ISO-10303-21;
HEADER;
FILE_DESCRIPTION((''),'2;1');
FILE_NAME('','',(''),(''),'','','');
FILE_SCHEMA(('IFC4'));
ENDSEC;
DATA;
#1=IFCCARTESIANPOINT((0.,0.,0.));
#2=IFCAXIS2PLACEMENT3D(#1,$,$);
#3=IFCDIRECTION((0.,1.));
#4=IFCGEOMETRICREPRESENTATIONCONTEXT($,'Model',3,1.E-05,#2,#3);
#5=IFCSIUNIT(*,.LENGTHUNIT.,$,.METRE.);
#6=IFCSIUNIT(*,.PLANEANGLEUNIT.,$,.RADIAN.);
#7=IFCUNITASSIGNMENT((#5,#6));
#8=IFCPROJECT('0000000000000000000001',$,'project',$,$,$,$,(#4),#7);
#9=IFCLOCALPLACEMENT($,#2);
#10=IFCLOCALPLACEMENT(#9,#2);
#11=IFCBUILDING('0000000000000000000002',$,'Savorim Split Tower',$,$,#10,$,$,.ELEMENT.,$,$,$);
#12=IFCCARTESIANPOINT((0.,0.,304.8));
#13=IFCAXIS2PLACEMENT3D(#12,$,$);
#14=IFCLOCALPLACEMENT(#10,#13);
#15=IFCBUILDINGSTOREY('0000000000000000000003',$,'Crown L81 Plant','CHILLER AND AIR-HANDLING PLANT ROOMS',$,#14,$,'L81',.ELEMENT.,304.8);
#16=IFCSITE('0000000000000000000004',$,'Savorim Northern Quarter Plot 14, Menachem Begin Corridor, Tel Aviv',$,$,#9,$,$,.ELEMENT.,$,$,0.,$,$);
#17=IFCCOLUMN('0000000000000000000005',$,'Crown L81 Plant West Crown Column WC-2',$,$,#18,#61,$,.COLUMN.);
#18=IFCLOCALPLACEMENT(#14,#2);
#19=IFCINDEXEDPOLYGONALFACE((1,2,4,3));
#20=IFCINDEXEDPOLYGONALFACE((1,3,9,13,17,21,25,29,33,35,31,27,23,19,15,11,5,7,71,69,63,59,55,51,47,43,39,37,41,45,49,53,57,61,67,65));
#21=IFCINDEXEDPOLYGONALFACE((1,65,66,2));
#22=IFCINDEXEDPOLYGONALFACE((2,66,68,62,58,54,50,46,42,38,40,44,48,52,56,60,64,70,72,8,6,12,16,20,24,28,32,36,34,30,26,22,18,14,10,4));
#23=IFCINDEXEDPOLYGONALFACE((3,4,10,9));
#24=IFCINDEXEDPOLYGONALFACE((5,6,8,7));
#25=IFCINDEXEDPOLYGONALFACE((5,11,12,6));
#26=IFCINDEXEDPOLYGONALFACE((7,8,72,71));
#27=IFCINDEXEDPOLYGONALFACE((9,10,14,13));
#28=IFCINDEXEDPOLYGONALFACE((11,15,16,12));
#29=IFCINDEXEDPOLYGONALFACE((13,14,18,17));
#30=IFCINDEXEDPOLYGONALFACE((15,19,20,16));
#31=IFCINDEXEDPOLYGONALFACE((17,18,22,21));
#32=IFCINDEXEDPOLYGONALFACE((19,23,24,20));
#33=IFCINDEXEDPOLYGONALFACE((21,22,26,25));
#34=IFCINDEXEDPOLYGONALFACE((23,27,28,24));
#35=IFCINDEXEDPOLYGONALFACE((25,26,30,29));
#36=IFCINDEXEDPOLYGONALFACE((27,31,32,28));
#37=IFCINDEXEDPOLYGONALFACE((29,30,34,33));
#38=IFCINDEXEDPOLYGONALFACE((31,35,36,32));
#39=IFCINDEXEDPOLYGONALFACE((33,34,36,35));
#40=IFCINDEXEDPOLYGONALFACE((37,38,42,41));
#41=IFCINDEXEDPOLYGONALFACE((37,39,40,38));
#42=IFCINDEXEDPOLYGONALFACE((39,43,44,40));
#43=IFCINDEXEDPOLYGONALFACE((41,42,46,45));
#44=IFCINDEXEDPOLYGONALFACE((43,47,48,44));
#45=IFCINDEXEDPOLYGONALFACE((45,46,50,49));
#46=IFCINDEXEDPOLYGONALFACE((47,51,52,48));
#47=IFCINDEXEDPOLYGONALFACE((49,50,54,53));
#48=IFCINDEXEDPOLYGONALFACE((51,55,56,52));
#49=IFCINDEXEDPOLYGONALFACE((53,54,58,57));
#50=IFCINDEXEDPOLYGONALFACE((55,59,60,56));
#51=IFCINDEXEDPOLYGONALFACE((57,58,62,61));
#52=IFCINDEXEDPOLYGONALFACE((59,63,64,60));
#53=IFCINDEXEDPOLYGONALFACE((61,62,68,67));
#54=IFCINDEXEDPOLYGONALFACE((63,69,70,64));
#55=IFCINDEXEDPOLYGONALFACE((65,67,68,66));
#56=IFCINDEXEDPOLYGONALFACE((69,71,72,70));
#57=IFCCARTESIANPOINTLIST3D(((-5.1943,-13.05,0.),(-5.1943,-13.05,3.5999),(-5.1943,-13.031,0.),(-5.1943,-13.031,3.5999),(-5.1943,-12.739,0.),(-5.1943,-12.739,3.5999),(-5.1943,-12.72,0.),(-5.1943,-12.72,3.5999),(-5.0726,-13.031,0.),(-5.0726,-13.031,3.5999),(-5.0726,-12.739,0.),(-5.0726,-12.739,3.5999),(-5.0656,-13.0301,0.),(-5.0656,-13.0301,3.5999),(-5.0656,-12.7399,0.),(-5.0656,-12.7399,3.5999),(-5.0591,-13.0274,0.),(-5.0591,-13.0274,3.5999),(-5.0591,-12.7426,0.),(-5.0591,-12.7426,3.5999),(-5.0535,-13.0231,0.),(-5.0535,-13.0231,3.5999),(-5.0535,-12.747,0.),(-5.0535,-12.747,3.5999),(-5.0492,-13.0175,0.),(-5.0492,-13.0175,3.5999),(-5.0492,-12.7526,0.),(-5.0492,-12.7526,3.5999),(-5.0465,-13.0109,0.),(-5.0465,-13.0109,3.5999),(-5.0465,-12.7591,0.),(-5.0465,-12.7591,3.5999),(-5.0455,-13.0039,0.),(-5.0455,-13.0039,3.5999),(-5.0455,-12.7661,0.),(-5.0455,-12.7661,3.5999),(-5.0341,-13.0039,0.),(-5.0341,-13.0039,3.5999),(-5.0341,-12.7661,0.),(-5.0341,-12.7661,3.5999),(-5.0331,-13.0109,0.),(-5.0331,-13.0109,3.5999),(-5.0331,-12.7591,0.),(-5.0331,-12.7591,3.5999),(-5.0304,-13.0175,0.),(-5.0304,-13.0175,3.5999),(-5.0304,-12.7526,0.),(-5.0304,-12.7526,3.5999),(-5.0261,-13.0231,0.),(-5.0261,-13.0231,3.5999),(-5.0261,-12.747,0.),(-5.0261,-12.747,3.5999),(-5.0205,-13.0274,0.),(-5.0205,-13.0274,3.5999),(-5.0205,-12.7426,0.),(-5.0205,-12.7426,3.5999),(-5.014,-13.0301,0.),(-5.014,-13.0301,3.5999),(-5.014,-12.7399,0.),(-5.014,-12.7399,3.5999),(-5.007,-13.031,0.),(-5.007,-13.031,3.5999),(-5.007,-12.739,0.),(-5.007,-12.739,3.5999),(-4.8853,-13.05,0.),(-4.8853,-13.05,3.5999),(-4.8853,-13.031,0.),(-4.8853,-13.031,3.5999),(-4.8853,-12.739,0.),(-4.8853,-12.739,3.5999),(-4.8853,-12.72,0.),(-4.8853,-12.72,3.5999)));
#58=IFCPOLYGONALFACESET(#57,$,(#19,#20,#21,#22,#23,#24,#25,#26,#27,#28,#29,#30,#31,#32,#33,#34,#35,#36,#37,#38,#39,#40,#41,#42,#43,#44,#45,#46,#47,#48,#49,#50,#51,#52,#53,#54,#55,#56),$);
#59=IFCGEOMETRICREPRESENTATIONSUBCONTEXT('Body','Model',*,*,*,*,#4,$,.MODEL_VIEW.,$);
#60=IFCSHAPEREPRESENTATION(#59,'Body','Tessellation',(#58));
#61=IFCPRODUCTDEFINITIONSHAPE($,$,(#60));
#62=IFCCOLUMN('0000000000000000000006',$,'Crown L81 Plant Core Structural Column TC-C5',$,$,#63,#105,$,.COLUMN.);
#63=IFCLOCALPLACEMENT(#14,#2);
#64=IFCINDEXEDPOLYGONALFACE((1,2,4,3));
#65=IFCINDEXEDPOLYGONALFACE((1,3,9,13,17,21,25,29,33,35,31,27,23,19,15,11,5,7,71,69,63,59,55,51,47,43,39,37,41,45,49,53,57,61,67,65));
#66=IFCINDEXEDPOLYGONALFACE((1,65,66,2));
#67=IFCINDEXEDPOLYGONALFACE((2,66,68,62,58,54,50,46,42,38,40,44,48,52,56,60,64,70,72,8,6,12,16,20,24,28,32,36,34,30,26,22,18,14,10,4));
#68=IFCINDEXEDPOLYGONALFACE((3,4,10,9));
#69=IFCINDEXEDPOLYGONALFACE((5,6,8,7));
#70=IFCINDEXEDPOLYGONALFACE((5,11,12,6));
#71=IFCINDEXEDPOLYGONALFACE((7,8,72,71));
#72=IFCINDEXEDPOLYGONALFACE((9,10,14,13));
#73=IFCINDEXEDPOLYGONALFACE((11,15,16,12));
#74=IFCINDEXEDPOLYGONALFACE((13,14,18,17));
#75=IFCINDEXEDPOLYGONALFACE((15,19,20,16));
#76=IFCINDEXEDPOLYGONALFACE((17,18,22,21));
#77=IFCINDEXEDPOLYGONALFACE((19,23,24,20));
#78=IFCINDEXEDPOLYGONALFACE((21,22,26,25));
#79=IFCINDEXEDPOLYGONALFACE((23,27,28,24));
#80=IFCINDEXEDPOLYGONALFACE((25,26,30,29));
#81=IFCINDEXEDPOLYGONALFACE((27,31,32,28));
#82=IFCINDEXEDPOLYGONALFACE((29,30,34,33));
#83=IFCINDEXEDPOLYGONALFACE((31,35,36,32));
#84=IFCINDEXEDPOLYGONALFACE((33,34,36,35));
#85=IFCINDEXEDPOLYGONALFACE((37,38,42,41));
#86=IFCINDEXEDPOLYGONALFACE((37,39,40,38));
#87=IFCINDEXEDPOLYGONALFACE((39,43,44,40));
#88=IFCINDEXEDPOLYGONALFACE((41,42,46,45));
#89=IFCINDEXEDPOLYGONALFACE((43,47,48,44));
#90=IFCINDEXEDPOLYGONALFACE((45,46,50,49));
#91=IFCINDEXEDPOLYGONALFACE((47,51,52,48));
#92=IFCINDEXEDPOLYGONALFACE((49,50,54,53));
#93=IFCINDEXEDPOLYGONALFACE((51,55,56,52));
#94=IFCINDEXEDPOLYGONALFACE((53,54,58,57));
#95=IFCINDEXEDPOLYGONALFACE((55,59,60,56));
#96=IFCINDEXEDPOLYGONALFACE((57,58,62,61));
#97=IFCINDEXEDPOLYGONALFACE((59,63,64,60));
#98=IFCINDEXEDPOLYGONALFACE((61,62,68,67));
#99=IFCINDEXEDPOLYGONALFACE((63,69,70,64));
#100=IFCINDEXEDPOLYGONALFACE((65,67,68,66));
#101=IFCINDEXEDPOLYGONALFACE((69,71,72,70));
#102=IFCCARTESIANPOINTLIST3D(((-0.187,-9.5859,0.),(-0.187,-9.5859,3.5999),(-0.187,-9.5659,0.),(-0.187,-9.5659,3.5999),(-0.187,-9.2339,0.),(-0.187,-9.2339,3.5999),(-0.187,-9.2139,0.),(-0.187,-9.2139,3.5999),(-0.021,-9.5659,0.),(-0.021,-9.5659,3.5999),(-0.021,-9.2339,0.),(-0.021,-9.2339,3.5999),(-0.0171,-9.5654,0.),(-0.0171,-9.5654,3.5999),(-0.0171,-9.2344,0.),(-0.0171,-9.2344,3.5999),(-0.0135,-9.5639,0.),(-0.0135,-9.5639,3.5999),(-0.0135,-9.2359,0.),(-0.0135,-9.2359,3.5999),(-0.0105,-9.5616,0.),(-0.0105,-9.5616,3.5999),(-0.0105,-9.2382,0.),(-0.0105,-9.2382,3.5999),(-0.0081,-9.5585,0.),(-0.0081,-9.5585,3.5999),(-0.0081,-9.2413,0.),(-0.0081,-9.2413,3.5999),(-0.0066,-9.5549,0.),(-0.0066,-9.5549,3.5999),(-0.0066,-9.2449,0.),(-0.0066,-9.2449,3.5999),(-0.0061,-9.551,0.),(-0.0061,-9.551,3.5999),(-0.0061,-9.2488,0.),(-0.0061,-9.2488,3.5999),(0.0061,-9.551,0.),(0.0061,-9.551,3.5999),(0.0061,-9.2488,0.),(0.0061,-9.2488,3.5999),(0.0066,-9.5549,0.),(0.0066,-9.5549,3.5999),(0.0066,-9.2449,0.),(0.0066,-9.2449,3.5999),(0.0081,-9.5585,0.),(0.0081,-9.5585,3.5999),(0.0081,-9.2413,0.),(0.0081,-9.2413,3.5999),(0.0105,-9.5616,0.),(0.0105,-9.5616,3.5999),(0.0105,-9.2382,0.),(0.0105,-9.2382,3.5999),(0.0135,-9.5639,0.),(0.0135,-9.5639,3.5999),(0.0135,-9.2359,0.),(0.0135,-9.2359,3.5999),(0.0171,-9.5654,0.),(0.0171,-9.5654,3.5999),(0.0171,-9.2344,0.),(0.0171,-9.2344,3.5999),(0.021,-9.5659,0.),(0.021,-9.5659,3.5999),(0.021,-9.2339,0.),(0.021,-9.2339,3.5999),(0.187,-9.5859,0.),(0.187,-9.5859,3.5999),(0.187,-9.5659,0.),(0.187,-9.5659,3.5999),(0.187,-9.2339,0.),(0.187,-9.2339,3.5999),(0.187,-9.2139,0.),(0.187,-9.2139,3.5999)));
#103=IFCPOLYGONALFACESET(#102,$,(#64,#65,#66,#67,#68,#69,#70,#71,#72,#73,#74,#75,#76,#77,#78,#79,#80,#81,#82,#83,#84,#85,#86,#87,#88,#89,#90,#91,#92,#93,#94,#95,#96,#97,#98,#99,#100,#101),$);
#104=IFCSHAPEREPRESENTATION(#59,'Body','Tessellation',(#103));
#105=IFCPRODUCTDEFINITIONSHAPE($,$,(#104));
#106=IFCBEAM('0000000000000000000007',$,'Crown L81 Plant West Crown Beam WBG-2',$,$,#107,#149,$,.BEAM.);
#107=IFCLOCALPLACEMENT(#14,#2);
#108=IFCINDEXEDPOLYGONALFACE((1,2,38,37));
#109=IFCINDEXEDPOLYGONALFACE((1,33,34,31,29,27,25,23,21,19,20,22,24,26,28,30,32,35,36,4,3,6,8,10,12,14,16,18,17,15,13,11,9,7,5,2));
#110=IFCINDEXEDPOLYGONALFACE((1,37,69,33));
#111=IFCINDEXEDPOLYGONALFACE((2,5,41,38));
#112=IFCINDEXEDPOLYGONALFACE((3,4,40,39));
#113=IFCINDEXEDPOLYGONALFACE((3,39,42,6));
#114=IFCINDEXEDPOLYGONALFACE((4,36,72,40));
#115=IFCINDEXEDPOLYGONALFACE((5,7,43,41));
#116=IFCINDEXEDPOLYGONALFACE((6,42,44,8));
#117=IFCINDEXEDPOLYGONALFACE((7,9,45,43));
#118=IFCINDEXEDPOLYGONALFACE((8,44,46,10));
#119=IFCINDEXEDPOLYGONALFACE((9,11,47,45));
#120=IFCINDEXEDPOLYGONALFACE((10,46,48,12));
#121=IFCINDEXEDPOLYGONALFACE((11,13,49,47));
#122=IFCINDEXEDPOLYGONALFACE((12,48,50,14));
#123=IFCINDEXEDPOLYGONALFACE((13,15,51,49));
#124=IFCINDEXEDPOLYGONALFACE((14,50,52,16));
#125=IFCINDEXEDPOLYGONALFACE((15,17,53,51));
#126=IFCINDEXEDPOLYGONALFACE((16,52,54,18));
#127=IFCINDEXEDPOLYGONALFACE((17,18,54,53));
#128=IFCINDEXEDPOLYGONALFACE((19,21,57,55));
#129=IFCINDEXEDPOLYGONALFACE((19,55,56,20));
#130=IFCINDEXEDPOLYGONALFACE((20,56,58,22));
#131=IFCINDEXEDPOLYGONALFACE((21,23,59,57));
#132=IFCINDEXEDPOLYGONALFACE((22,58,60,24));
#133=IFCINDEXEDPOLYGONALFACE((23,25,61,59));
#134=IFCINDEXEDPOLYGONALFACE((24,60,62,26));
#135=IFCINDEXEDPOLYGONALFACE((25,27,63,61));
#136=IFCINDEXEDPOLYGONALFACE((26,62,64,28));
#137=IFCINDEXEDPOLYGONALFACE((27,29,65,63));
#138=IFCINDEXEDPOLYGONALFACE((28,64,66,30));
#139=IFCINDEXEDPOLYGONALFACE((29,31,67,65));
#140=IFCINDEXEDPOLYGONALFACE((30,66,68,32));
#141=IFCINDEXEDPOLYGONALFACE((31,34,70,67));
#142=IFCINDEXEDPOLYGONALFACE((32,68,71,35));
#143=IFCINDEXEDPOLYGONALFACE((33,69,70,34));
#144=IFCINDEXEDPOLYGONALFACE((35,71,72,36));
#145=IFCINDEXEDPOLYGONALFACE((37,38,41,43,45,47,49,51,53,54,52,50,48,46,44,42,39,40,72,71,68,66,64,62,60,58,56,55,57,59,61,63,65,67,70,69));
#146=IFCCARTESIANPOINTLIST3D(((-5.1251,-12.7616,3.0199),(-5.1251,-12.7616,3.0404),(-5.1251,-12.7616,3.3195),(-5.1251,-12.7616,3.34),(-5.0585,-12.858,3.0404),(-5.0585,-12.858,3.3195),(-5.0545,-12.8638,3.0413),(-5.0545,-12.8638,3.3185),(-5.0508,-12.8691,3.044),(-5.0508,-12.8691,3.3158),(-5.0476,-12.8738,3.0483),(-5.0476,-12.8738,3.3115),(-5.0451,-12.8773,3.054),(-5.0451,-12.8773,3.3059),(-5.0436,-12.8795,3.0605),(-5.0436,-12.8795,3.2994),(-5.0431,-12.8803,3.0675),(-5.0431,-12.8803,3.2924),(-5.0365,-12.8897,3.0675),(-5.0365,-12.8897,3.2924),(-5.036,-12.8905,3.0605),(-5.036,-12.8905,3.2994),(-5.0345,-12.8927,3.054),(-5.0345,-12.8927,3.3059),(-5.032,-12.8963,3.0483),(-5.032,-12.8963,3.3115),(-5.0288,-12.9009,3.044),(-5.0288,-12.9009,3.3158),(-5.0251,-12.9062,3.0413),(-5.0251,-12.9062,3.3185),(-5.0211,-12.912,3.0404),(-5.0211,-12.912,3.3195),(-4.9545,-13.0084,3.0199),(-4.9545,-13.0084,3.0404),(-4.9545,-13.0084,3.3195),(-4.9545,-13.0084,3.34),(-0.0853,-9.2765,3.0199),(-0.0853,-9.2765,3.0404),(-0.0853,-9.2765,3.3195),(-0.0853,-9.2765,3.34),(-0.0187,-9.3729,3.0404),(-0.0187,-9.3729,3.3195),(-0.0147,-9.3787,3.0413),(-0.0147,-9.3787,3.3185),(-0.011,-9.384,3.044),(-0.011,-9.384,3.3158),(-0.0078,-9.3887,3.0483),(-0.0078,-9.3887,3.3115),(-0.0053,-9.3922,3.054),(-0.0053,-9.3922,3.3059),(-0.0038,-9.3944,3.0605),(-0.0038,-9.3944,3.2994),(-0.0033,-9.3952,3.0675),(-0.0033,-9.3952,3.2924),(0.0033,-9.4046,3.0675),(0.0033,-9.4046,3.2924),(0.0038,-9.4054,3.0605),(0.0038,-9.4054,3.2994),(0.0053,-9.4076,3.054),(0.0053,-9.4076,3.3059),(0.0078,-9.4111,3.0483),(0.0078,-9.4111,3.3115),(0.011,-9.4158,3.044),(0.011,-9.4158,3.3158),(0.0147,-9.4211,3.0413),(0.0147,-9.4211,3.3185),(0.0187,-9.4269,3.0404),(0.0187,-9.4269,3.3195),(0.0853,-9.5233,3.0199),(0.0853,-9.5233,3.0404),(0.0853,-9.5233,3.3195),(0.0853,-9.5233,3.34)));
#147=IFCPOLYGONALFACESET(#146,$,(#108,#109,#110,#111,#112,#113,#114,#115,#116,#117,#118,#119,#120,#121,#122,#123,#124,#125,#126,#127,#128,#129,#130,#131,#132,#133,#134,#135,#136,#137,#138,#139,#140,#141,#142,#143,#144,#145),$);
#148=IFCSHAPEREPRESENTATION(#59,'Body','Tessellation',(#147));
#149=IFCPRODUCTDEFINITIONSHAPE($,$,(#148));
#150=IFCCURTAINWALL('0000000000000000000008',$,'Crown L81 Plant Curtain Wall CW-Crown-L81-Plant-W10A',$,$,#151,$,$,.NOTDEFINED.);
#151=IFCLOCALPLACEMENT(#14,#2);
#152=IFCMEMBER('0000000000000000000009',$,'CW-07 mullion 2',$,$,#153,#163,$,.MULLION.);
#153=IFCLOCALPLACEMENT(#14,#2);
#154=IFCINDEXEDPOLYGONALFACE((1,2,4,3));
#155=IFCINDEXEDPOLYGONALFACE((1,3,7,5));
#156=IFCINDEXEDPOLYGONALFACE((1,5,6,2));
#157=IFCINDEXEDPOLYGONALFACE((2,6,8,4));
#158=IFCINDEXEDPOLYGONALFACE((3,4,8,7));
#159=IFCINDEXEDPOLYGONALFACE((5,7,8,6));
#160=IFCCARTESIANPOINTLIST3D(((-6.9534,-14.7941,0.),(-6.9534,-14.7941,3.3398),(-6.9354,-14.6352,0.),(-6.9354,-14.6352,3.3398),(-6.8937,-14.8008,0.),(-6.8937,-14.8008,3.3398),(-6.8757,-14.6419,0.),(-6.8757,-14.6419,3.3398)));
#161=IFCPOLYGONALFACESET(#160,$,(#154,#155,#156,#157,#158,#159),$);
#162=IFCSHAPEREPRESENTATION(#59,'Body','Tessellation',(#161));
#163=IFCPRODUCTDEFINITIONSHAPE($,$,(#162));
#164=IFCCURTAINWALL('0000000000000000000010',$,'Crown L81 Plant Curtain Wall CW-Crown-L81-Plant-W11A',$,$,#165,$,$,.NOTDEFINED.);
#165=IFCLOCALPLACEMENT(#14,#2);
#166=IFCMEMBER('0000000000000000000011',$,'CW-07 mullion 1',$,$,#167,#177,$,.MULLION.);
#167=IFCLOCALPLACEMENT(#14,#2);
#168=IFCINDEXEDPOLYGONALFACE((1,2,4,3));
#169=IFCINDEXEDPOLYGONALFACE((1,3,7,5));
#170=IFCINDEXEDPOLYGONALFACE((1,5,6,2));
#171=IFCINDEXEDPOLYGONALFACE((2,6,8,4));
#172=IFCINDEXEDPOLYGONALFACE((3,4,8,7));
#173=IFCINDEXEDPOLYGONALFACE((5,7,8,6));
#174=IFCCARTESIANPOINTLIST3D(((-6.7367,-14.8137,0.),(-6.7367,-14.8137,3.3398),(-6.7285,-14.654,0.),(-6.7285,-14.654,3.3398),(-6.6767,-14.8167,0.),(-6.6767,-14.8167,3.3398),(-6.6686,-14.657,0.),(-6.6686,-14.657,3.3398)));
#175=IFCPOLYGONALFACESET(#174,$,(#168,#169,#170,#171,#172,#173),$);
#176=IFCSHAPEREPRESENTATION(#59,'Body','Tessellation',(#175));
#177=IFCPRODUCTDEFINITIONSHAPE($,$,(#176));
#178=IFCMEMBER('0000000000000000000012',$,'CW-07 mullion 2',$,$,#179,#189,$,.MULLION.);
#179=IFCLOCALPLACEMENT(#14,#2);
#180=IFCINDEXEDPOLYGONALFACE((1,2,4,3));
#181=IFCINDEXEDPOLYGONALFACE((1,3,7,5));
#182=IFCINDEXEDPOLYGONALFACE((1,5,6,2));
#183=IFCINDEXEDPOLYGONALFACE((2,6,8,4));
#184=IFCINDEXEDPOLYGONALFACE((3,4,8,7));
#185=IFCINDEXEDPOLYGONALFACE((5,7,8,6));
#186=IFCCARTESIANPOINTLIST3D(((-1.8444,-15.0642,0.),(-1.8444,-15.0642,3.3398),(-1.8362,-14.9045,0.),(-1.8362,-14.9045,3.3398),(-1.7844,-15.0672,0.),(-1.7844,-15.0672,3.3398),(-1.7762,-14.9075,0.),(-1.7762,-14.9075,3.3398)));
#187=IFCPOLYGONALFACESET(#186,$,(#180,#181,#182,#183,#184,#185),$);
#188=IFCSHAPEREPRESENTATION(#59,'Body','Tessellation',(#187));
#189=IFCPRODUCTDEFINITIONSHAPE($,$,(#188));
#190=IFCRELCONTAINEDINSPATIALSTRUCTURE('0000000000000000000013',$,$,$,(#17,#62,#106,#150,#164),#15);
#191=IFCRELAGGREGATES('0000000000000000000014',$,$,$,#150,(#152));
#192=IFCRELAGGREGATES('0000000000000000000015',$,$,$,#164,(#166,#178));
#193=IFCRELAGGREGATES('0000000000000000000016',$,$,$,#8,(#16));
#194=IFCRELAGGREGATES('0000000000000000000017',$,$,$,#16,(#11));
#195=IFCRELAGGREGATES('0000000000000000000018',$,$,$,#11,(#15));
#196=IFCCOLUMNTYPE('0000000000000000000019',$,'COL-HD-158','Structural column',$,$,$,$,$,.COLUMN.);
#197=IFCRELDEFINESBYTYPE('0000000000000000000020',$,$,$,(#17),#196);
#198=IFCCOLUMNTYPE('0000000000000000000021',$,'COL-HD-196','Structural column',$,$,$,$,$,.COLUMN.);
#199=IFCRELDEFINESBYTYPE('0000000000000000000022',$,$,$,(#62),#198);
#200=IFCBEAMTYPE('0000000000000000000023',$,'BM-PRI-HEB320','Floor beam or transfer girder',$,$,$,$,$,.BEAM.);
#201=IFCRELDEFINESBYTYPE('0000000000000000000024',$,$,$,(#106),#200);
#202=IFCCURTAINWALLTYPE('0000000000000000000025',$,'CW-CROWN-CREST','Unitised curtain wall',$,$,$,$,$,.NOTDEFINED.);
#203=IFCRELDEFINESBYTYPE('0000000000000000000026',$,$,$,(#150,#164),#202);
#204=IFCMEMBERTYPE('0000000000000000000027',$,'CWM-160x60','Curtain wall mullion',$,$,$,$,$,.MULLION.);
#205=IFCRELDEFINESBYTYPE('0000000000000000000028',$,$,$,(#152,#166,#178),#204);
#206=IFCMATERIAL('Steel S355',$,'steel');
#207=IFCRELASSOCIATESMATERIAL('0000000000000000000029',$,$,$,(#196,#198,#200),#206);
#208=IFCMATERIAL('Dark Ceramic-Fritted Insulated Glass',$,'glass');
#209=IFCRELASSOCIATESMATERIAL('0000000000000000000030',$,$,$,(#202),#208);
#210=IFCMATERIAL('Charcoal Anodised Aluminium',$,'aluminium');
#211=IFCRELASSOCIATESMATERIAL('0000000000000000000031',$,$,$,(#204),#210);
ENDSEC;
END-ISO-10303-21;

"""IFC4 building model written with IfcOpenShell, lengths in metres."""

from ifc_helpers import new_model, si_unit, direction, frame, origin, origin_2d, place, context, subcontext, project, spatial, rectangle, i_section, extrude, material, material_profile, profile_set, type_object, element, aggregate, save


model = new_model("IFC4")

# Units and contexts
model_context = context("Model", 3, precision=1e-05, world=origin(), true_north=direction((0.0, 1.0)))
body_context = subcontext(model_context, "Body", "Model", "MODEL_VIEW")
ifc_project = project(units=[si_unit("LENGTHUNIT", "METRE"), si_unit("PLANEANGLEUNIT", "RADIAN")], contexts=[model_context])

# Site, building, storey
site_placement = place(None, origin())
site = spatial("IfcSite", under=ifc_project, at=site_placement, Name="Savorim Northern Quarter Plot 14, Menachem Begin Corridor, Tel Aviv", CompositionType="ELEMENT", RefElevation=0.0)
building_placement = place(site_placement, origin())
building = spatial("IfcBuilding", under=site, at=building_placement, Name="Savorim Split Tower", CompositionType="ELEMENT")
storey_placement = place(building_placement, frame((0.0, 0.0, 304.8)))
storey = spatial("IfcBuildingStorey", under=building, at=storey_placement, Name="Crown L81 Plant", Description="CHILLER AND AIR-HANDLING PLANT ROOMS", LongName="L81", CompositionType="ELEMENT", Elevation=304.8)

# Columns
ifc_material_1 = material(Name="Steel S355", Category="steel")
ifc_material_profile_1 = material_profile(ifc_material_1, i_section(OverallWidth=0.3091, OverallDepth=0.3301, WebThickness=0.0115, FlangeThickness=0.019, FilletRadius=0.0271, at=origin_2d()), Name="HD 320x158")
ifc_profile_set_1 = profile_set([ifc_material_profile_1], Name="Steel S355")
column_type_1 = type_object("IfcColumnType", Name="COL-HD-158", Description="Structural column", PredefinedType="COLUMN", material=ifc_profile_set_1)
column_1_placement = place(storey_placement, frame((-5.0398, -12.885, 0.0), z_axis=(0.0, 0.0, 1.0), x_axis=(1.0, 0.0, 0.0)))
element("IfcColumn", 1, at=column_1_placement, inside=storey, type_object=column_type_1, Name="Crown L81 Plant West Crown Column WC-2", PredefinedType="COLUMN", context=body_context, shape_type="SweptSolid", body=[
    extrude(i_section(OverallWidth=0.3091, OverallDepth=0.3301, WebThickness=0.0115, FlangeThickness=0.019, FilletRadius=0.0271, at=origin_2d()), origin(), (0.0, 0.0, 1.0), 3.5999),
])
ifc_material_profile_2 = material_profile(ifc_material_1, i_section(OverallWidth=0.374, OverallDepth=0.3721, WebThickness=0.0122, FlangeThickness=0.02, FilletRadius=0.0149, at=origin_2d()), Name="HD 360x196")
ifc_profile_set_2 = profile_set([ifc_material_profile_2], Name="Steel S355")
column_type_2 = type_object("IfcColumnType", Name="COL-HD-196", Description="Structural column", PredefinedType="COLUMN", material=ifc_profile_set_2)
column_2_placement = place(storey_placement, frame((0.0, -9.3999, 0.0), z_axis=(0.0, 0.0, 1.0), x_axis=(1.0, 0.0, 0.0)))
element("IfcColumn", 2, at=column_2_placement, inside=storey, type_object=column_type_2, Name="Crown L81 Plant Core Structural Column TC-C5", PredefinedType="COLUMN", context=body_context, shape_type="SweptSolid", body=[
    extrude(i_section(OverallWidth=0.374, OverallDepth=0.3721, WebThickness=0.0122, FlangeThickness=0.02, FilletRadius=0.0149, at=origin_2d()), origin(), (0.0, 0.0, 1.0), 3.5999),
])

# Beam
ifc_material_profile_3 = material_profile(ifc_material_1, i_section(OverallWidth=0.3, OverallDepth=0.3201, WebThickness=0.0115, FlangeThickness=0.0205, FilletRadius=0.0271, at=origin_2d()), Name="HEB 320")
ifc_profile_set_3 = profile_set([ifc_material_profile_3], Name="Steel S355")
beam_type = type_object("IfcBeamType", Name="BM-PRI-HEB320", Description="Floor beam or transfer girder", PredefinedType="BEAM", material=ifc_profile_set_3)
beam_placement = place(storey_placement, frame((-5.0398, -12.885, 3.1799), z_axis=(0.822496, 0.568771, 0.0), x_axis=(-0.568771, 0.822496, 0.0)))
element("IfcBeam", 3, at=beam_placement, inside=storey, type_object=beam_type, Name="Crown L81 Plant West Crown Beam WBG-2", PredefinedType="BEAM", context=body_context, shape_type="SweptSolid", body=[
    extrude(i_section(OverallWidth=0.3, OverallDepth=0.3201, WebThickness=0.0115, FlangeThickness=0.0205, FilletRadius=0.0271, at=origin_2d()), origin(), (0.0, 0.0, 1.0), 6.1274),
])

# Curtain wall, member
ifc_material_2 = material(Name="Dark Ceramic-Fritted Insulated Glass", Category="glass")
curtain_wall_type = type_object("IfcCurtainWallType", Name="CW-CROWN-CREST", Description="Unitised curtain wall", PredefinedType="NOTDEFINED", material=ifc_material_2)
curtain_wall_1_placement = place(storey_placement, origin())
curtain_wall_1 = element("IfcCurtainWall", 4, at=curtain_wall_1_placement, inside=storey, type_object=curtain_wall_type, Name="Crown L81 Plant Curtain Wall CW-Crown-L81-Plant-W10A", PredefinedType="NOTDEFINED")
ifc_material_3 = material(Name="Charcoal Anodised Aluminium", Category="aluminium")
ifc_material_profile_4 = material_profile(ifc_material_3, rectangle(XDim=0.1599, YDim=0.0601, at=origin_2d()), Name="ALU-M 160x60")
ifc_profile_set_4 = profile_set([ifc_material_profile_4], Name="Charcoal Anodised Aluminium")
member_type_1 = type_object("IfcMemberType", Name="CWM-160x60", Description="Curtain wall mullion", PredefinedType="MULLION", material=ifc_profile_set_4)
member_1_placement = place(storey_placement, frame((-6.9146, -14.718, 0.0), z_axis=(0.0, 0.0, 1.0), x_axis=(0.112321, 0.993672, 0.0)))
member_1 = element("IfcMember", 5, at=member_1_placement, type_object=member_type_1, Name="CW-07 mullion 2", PredefinedType="MULLION", context=body_context, shape_type="SweptSolid", body=[
    extrude(rectangle(XDim=0.1599, YDim=0.0601, at=origin_2d()), origin(), (0.0, 0.0, 1.0), 3.3398),
])
aggregate(curtain_wall_1, [member_1])

# Curtain wall, members
curtain_wall_2_placement = place(storey_placement, origin())
curtain_wall_2 = element("IfcCurtainWall", 6, at=curtain_wall_2_placement, inside=storey, type_object=curtain_wall_type, Name="Crown L81 Plant Curtain Wall CW-Crown-L81-Plant-W11A", PredefinedType="NOTDEFINED")
member_2_placement = place(storey_placement, frame((-6.7026, -14.7354, 0.0), z_axis=(0.0, 0.0, 1.0), x_axis=(0.05114, 0.998691, 0.0)))
member_2 = element("IfcMember", 7, at=member_2_placement, type_object=member_type_1, Name="CW-07 mullion 1", PredefinedType="MULLION", context=body_context, shape_type="SweptSolid", body=[
    extrude(rectangle(XDim=0.1599, YDim=0.0601, at=origin_2d()), origin(), (0.0, 0.0, 1.0), 3.3398),
])
member_3_placement = place(storey_placement, frame((-1.8103, -14.9858, 0.0), z_axis=(0.0, 0.0, 1.0), x_axis=(0.05114, 0.998691, 0.0)))
member_3 = element("IfcMember", 8, at=member_3_placement, type_object=member_type_1, Name="CW-07 mullion 2", PredefinedType="MULLION", context=body_context, shape_type="SweptSolid", body=[
    extrude(rectangle(XDim=0.1599, YDim=0.0601, at=origin_2d()), origin(), (0.0, 0.0, 1.0), 3.3398),
])

aggregate(curtain_wall_2, [member_2, member_3])

save(model, "model.ifc")
